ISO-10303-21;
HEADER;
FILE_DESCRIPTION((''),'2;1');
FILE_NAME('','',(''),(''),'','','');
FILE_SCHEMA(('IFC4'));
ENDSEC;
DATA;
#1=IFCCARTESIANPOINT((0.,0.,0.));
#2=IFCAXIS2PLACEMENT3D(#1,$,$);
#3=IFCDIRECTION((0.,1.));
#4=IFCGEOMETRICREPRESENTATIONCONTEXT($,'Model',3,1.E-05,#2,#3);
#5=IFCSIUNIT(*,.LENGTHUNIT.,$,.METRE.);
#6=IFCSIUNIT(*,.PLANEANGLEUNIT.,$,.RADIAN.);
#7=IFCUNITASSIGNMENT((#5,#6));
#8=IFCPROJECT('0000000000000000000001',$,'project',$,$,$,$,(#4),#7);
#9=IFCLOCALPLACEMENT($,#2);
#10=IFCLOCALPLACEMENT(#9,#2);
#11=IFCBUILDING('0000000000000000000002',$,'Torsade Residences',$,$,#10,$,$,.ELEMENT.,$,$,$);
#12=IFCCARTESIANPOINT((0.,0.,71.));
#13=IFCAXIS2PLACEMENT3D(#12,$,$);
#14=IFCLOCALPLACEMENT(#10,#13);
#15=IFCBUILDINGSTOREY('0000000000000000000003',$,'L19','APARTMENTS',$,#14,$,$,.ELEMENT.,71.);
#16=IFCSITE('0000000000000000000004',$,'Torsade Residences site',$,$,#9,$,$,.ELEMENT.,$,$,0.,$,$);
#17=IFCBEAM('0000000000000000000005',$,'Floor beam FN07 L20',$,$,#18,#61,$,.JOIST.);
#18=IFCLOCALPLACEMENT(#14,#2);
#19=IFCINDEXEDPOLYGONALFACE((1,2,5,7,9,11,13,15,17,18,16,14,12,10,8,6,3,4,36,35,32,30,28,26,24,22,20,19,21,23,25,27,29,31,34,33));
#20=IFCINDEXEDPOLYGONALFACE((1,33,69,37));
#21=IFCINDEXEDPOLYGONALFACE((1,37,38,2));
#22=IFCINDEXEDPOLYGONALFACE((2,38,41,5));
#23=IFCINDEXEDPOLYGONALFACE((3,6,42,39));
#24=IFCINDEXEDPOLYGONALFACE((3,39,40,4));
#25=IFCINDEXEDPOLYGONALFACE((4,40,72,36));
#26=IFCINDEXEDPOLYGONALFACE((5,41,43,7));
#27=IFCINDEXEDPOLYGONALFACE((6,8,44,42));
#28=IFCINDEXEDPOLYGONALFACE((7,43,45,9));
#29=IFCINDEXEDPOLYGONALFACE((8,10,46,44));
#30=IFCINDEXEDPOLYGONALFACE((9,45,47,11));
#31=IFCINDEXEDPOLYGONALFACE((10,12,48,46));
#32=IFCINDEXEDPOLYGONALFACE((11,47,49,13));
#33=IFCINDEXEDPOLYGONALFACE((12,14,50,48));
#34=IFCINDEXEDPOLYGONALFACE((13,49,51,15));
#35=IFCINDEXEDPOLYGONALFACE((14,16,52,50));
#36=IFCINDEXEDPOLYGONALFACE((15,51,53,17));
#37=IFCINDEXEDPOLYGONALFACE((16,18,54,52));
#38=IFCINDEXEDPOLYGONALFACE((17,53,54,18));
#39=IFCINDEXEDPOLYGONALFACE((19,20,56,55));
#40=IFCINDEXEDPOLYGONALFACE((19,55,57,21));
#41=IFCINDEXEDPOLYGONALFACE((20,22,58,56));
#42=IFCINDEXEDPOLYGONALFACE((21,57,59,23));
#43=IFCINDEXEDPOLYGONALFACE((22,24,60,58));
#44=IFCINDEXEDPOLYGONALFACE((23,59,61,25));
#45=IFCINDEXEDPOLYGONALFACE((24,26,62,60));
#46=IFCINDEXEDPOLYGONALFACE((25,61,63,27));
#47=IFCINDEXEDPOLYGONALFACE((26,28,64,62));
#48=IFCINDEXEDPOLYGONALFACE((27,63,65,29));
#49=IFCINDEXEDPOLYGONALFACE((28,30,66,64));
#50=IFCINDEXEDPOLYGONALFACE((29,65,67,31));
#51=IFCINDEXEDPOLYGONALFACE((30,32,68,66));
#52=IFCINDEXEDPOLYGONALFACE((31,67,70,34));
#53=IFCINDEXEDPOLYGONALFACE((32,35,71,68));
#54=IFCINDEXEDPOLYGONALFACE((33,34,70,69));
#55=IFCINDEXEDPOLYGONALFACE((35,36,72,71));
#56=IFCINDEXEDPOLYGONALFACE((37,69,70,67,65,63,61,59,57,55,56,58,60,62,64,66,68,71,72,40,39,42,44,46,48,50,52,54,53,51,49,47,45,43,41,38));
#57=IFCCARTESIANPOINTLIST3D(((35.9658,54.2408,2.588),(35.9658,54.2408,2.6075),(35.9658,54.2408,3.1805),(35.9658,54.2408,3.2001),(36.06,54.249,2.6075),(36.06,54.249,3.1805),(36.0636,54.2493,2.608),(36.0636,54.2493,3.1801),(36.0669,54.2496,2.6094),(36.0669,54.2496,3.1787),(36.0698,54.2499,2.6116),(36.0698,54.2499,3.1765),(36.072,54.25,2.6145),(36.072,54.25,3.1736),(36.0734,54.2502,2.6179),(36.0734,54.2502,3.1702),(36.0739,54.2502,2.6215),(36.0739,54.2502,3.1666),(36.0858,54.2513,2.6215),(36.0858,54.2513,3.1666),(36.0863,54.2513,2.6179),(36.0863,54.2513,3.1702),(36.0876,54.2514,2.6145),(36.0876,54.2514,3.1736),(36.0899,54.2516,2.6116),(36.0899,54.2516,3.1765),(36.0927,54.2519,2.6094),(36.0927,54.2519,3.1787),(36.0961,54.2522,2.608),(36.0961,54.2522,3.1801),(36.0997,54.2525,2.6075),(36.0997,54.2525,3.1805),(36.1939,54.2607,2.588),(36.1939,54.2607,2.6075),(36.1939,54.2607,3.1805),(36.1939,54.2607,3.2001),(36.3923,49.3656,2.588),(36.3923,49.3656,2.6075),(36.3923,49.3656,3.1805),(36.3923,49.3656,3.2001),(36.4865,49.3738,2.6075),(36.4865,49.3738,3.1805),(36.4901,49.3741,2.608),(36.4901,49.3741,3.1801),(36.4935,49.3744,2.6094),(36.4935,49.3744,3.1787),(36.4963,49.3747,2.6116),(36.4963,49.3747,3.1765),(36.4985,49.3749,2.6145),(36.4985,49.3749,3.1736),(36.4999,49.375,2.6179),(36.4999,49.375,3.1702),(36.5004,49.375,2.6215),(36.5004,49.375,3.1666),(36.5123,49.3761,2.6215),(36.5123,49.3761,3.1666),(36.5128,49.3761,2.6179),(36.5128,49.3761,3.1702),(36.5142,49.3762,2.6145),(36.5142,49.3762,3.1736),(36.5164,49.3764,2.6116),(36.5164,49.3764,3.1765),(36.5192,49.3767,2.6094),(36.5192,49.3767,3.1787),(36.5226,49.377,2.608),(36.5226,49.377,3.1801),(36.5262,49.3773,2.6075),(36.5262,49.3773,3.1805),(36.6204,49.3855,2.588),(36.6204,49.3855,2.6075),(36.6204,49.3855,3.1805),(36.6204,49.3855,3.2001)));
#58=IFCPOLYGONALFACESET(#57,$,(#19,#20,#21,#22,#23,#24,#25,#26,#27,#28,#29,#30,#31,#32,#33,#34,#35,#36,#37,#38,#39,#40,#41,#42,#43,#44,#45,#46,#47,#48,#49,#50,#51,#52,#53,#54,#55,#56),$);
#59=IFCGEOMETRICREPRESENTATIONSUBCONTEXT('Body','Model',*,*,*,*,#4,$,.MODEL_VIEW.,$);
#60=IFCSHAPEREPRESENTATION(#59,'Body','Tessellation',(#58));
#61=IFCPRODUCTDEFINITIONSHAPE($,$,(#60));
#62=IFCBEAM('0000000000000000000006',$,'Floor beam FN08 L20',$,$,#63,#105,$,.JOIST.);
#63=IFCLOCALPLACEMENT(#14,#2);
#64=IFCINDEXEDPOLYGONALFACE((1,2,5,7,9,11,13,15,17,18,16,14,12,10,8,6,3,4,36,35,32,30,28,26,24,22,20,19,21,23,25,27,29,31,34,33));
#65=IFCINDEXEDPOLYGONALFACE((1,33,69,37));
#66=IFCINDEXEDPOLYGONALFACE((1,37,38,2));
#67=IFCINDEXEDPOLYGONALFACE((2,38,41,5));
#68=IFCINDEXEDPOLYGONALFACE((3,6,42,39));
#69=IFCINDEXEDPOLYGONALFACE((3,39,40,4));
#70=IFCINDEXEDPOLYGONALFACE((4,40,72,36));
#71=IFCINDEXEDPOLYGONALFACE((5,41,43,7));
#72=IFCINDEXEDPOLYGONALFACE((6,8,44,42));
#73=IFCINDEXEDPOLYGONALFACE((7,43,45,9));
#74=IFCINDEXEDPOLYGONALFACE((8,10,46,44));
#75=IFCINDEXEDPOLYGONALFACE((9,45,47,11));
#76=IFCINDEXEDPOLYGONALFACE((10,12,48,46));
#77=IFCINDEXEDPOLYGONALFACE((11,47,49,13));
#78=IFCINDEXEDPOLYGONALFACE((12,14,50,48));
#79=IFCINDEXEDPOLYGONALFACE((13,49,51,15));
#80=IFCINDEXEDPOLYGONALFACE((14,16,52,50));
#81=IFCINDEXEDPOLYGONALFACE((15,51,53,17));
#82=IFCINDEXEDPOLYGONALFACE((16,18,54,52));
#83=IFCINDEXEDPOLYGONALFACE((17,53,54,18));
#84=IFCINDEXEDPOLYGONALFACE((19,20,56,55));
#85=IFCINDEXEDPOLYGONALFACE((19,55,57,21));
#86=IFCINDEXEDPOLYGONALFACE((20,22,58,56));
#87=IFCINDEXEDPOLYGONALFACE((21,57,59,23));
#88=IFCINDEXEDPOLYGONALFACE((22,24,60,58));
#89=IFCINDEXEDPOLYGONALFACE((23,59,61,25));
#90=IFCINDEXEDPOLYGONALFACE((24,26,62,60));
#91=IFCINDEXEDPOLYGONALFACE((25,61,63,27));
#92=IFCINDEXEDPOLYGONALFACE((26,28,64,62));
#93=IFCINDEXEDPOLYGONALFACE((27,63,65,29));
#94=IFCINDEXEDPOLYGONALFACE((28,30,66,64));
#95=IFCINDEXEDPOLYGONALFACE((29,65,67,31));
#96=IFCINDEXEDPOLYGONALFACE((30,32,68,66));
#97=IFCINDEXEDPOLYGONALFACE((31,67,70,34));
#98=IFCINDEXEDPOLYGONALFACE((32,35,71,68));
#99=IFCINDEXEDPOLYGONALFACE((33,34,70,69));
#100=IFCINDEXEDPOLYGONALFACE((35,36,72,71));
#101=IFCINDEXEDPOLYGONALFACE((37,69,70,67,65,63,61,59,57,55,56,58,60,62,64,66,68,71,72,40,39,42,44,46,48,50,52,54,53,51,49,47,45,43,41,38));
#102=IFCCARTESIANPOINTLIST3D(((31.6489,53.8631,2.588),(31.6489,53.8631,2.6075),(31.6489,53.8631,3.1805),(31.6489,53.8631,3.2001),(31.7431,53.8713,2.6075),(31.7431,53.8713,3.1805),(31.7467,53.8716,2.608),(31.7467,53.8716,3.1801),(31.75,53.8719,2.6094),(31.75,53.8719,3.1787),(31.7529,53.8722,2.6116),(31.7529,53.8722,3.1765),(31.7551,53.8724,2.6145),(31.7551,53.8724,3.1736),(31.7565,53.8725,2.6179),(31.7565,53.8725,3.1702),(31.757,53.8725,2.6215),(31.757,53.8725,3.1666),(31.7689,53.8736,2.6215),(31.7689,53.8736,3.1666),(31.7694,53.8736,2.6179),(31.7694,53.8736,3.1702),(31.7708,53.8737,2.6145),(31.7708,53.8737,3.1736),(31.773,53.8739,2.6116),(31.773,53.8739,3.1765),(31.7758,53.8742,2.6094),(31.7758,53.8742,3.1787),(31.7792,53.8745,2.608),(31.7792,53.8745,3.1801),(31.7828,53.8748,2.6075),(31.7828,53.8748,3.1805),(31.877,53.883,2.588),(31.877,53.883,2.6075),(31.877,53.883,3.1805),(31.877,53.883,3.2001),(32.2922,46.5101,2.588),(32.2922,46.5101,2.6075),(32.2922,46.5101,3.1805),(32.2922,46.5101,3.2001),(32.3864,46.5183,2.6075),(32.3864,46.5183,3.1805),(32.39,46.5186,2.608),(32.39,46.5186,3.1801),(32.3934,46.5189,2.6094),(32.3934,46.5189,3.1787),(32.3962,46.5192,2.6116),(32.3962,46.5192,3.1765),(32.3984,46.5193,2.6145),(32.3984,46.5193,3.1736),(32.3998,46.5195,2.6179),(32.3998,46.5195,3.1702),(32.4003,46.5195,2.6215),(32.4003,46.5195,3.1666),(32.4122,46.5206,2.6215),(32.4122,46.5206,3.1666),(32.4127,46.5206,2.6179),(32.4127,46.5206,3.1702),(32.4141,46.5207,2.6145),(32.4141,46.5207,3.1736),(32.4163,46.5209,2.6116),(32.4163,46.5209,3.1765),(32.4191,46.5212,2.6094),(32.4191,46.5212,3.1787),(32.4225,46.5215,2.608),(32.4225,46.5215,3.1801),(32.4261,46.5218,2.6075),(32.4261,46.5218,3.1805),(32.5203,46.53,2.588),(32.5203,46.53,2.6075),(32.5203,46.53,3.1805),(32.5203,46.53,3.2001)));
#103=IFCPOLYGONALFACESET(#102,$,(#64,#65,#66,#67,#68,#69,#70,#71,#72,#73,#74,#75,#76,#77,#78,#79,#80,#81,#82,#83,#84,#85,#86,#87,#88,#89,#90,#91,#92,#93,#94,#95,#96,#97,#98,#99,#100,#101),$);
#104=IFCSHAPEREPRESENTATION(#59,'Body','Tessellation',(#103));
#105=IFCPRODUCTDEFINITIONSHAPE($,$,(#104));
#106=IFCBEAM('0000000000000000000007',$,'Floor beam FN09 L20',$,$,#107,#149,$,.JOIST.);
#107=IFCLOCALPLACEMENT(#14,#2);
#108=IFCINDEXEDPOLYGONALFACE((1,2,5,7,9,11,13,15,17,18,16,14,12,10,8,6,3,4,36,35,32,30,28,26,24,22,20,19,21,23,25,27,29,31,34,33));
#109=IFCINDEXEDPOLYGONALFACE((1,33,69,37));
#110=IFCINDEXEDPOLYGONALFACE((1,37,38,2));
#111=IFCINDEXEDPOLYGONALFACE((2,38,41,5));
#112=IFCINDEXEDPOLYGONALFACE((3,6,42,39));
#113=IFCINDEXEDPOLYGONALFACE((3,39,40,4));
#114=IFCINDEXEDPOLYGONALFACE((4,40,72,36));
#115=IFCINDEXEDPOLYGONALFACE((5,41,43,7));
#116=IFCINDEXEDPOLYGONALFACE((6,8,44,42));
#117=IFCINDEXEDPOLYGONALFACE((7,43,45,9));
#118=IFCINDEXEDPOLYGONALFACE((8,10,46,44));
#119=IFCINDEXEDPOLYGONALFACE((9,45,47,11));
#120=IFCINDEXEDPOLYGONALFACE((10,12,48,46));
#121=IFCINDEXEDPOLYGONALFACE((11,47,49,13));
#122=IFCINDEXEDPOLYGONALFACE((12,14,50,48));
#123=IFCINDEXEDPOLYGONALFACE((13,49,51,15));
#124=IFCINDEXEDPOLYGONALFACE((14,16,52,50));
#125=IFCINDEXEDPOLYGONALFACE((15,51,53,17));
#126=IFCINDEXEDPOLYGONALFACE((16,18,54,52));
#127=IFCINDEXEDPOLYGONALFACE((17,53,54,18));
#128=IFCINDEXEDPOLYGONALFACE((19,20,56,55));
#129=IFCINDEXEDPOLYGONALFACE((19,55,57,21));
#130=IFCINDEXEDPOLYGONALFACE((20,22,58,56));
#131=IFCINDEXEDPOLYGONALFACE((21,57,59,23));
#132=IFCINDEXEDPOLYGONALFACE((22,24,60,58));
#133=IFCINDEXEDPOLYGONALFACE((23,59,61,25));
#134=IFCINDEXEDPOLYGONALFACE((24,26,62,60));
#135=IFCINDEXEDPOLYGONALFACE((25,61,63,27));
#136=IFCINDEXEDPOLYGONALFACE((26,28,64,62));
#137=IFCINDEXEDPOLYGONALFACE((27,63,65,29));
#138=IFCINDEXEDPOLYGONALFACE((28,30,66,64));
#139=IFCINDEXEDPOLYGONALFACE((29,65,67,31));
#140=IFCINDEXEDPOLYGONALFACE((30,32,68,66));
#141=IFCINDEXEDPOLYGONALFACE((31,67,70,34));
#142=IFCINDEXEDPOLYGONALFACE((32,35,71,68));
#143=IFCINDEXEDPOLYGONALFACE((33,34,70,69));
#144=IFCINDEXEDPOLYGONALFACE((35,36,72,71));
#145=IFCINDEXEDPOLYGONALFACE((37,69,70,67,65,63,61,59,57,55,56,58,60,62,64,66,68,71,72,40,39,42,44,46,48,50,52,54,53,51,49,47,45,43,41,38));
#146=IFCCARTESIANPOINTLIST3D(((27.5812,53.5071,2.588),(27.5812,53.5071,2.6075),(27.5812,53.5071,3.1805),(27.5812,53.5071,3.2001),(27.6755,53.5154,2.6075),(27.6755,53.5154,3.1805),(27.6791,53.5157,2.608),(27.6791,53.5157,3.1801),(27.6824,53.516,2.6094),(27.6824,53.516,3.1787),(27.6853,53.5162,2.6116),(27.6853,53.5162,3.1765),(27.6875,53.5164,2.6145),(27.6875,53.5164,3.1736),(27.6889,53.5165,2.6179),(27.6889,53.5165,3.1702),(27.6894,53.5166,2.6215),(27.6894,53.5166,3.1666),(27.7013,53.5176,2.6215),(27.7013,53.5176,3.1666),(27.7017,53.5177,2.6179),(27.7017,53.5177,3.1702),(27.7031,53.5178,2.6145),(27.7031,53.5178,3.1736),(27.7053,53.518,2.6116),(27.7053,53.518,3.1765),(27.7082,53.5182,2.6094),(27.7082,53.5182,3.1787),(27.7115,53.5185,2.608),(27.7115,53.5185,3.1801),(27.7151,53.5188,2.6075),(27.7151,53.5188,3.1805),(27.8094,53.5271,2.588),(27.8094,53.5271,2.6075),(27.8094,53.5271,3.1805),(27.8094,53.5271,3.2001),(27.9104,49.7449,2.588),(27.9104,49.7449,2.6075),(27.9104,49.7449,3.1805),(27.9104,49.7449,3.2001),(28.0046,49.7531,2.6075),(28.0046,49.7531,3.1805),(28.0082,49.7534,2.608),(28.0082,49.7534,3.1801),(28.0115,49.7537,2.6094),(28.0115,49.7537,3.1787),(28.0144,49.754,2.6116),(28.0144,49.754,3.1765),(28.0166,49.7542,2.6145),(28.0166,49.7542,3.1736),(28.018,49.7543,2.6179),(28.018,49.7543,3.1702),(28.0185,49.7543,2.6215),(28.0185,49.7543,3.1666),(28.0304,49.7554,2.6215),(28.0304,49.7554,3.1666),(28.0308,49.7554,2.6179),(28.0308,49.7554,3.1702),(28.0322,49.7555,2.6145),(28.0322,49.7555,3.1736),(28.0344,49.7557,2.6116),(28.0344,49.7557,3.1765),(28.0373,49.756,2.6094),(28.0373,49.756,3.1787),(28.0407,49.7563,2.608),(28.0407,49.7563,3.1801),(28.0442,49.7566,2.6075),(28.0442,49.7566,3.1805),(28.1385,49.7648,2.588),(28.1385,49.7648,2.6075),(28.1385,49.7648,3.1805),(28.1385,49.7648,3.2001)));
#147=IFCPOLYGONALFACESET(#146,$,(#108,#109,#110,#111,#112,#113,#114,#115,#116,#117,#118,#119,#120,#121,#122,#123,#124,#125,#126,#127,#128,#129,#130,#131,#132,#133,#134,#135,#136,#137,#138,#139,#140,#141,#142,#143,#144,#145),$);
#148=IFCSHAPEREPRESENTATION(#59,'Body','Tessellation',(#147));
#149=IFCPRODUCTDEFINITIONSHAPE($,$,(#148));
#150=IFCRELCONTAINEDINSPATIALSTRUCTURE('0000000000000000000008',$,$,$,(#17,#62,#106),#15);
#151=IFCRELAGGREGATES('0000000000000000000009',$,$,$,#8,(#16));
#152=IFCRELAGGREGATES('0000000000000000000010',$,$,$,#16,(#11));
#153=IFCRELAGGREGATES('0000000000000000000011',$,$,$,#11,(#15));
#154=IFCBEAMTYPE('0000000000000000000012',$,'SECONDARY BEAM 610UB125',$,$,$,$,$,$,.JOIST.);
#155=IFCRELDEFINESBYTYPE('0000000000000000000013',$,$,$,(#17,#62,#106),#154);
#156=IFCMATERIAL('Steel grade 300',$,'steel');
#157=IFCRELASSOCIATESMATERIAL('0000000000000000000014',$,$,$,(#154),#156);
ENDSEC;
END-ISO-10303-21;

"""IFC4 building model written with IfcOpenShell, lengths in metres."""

from ifc_helpers import new_model, si_unit, direction, frame, origin, origin_2d, place, context, subcontext, project, spatial, i_section, extrude, material, material_profile, profile_set, type_object, element, save


model = new_model("IFC4")

# Units and contexts
model_context = context("Model", 3, precision=1e-05, world=origin(), true_north=direction((0.0, 1.0)))
body_context = subcontext(model_context, "Body", "Model", "MODEL_VIEW")
ifc_project = project(units=[si_unit("LENGTHUNIT", "METRE"), si_unit("PLANEANGLEUNIT", "RADIAN")], contexts=[model_context])

# Site, building, storey
site_placement = place(None, origin())
site = spatial("IfcSite", under=ifc_project, at=site_placement, Name="Torsade Residences site", CompositionType="ELEMENT", RefElevation=0.0)
building_placement = place(site_placement, origin())
building = spatial("IfcBuilding", under=site, at=building_placement, Name="Torsade Residences", CompositionType="ELEMENT")
storey_placement = place(building_placement, frame((0.0, 0.0, 71.0)))
storey = spatial("IfcBuildingStorey", under=building, at=storey_placement, Name="L19", Description="APARTMENTS", CompositionType="ELEMENT", Elevation=71.0)

# Beams
ifc_material_1 = material(Name="Steel grade 300", Category="steel")
ifc_material_profile_1 = material_profile(ifc_material_1, i_section(OverallWidth=0.229, OverallDepth=0.6121, WebThickness=0.012, FlangeThickness=0.0195, FilletRadius=0.0139, at=origin_2d()), Name="610UB125")
ifc_profile_set_1 = profile_set([ifc_material_profile_1], Name="Steel grade 300")
beam_type_1 = type_object("IfcBeamType", Name="SECONDARY BEAM 610UB125", PredefinedType="JOIST", material=ifc_profile_set_1)
beam_1_placement = place(storey_placement, frame((36.0798, 54.2507, 2.894), z_axis=(0.087153, -0.996195, 0.0), x_axis=(0.996195, 0.087153, 0.0)))
element("IfcBeam", 1, at=beam_1_placement, inside=storey, type_object=beam_type_1, Name="Floor beam FN07 L20", PredefinedType="JOIST", context=body_context, shape_type="SweptSolid", body=[
    extrude(i_section(OverallWidth=0.229, OverallDepth=0.6121, WebThickness=0.012, FlangeThickness=0.0195, FilletRadius=0.0139, at=origin_2d()), origin(), (0.0, 0.0, 1.0), 4.8938),
])
beam_2_placement = place(storey_placement, frame((31.7629, 53.873, 2.894), z_axis=(0.087156, -0.996195, 0.0), x_axis=(0.996195, 0.087156, 0.0)))
element("IfcBeam", 2, at=beam_2_placement, inside=storey, type_object=beam_type_1, Name="Floor beam FN08 L20", PredefinedType="JOIST", context=body_context, shape_type="SweptSolid", body=[
    extrude(i_section(OverallWidth=0.229, OverallDepth=0.6121, WebThickness=0.012, FlangeThickness=0.0195, FilletRadius=0.0139, at=origin_2d()), origin(), (0.0, 0.0, 1.0), 7.3811),
])
beam_3_placement = place(storey_placement, frame((27.6953, 53.5171, 2.894), z_axis=(0.087143, -0.996196, 0.0), x_axis=(0.996196, 0.087143, 0.0)))
element("IfcBeam", 3, at=beam_3_placement, inside=storey, type_object=beam_type_1, Name="Floor beam FN09 L20", PredefinedType="JOIST", context=body_context, shape_type="SweptSolid", body=[
    extrude(i_section(OverallWidth=0.229, OverallDepth=0.6121, WebThickness=0.012, FlangeThickness=0.0195, FilletRadius=0.0139, at=origin_2d()), origin(), (0.0, 0.0, 1.0), 3.7766),
])

save(model, "model.ifc")
